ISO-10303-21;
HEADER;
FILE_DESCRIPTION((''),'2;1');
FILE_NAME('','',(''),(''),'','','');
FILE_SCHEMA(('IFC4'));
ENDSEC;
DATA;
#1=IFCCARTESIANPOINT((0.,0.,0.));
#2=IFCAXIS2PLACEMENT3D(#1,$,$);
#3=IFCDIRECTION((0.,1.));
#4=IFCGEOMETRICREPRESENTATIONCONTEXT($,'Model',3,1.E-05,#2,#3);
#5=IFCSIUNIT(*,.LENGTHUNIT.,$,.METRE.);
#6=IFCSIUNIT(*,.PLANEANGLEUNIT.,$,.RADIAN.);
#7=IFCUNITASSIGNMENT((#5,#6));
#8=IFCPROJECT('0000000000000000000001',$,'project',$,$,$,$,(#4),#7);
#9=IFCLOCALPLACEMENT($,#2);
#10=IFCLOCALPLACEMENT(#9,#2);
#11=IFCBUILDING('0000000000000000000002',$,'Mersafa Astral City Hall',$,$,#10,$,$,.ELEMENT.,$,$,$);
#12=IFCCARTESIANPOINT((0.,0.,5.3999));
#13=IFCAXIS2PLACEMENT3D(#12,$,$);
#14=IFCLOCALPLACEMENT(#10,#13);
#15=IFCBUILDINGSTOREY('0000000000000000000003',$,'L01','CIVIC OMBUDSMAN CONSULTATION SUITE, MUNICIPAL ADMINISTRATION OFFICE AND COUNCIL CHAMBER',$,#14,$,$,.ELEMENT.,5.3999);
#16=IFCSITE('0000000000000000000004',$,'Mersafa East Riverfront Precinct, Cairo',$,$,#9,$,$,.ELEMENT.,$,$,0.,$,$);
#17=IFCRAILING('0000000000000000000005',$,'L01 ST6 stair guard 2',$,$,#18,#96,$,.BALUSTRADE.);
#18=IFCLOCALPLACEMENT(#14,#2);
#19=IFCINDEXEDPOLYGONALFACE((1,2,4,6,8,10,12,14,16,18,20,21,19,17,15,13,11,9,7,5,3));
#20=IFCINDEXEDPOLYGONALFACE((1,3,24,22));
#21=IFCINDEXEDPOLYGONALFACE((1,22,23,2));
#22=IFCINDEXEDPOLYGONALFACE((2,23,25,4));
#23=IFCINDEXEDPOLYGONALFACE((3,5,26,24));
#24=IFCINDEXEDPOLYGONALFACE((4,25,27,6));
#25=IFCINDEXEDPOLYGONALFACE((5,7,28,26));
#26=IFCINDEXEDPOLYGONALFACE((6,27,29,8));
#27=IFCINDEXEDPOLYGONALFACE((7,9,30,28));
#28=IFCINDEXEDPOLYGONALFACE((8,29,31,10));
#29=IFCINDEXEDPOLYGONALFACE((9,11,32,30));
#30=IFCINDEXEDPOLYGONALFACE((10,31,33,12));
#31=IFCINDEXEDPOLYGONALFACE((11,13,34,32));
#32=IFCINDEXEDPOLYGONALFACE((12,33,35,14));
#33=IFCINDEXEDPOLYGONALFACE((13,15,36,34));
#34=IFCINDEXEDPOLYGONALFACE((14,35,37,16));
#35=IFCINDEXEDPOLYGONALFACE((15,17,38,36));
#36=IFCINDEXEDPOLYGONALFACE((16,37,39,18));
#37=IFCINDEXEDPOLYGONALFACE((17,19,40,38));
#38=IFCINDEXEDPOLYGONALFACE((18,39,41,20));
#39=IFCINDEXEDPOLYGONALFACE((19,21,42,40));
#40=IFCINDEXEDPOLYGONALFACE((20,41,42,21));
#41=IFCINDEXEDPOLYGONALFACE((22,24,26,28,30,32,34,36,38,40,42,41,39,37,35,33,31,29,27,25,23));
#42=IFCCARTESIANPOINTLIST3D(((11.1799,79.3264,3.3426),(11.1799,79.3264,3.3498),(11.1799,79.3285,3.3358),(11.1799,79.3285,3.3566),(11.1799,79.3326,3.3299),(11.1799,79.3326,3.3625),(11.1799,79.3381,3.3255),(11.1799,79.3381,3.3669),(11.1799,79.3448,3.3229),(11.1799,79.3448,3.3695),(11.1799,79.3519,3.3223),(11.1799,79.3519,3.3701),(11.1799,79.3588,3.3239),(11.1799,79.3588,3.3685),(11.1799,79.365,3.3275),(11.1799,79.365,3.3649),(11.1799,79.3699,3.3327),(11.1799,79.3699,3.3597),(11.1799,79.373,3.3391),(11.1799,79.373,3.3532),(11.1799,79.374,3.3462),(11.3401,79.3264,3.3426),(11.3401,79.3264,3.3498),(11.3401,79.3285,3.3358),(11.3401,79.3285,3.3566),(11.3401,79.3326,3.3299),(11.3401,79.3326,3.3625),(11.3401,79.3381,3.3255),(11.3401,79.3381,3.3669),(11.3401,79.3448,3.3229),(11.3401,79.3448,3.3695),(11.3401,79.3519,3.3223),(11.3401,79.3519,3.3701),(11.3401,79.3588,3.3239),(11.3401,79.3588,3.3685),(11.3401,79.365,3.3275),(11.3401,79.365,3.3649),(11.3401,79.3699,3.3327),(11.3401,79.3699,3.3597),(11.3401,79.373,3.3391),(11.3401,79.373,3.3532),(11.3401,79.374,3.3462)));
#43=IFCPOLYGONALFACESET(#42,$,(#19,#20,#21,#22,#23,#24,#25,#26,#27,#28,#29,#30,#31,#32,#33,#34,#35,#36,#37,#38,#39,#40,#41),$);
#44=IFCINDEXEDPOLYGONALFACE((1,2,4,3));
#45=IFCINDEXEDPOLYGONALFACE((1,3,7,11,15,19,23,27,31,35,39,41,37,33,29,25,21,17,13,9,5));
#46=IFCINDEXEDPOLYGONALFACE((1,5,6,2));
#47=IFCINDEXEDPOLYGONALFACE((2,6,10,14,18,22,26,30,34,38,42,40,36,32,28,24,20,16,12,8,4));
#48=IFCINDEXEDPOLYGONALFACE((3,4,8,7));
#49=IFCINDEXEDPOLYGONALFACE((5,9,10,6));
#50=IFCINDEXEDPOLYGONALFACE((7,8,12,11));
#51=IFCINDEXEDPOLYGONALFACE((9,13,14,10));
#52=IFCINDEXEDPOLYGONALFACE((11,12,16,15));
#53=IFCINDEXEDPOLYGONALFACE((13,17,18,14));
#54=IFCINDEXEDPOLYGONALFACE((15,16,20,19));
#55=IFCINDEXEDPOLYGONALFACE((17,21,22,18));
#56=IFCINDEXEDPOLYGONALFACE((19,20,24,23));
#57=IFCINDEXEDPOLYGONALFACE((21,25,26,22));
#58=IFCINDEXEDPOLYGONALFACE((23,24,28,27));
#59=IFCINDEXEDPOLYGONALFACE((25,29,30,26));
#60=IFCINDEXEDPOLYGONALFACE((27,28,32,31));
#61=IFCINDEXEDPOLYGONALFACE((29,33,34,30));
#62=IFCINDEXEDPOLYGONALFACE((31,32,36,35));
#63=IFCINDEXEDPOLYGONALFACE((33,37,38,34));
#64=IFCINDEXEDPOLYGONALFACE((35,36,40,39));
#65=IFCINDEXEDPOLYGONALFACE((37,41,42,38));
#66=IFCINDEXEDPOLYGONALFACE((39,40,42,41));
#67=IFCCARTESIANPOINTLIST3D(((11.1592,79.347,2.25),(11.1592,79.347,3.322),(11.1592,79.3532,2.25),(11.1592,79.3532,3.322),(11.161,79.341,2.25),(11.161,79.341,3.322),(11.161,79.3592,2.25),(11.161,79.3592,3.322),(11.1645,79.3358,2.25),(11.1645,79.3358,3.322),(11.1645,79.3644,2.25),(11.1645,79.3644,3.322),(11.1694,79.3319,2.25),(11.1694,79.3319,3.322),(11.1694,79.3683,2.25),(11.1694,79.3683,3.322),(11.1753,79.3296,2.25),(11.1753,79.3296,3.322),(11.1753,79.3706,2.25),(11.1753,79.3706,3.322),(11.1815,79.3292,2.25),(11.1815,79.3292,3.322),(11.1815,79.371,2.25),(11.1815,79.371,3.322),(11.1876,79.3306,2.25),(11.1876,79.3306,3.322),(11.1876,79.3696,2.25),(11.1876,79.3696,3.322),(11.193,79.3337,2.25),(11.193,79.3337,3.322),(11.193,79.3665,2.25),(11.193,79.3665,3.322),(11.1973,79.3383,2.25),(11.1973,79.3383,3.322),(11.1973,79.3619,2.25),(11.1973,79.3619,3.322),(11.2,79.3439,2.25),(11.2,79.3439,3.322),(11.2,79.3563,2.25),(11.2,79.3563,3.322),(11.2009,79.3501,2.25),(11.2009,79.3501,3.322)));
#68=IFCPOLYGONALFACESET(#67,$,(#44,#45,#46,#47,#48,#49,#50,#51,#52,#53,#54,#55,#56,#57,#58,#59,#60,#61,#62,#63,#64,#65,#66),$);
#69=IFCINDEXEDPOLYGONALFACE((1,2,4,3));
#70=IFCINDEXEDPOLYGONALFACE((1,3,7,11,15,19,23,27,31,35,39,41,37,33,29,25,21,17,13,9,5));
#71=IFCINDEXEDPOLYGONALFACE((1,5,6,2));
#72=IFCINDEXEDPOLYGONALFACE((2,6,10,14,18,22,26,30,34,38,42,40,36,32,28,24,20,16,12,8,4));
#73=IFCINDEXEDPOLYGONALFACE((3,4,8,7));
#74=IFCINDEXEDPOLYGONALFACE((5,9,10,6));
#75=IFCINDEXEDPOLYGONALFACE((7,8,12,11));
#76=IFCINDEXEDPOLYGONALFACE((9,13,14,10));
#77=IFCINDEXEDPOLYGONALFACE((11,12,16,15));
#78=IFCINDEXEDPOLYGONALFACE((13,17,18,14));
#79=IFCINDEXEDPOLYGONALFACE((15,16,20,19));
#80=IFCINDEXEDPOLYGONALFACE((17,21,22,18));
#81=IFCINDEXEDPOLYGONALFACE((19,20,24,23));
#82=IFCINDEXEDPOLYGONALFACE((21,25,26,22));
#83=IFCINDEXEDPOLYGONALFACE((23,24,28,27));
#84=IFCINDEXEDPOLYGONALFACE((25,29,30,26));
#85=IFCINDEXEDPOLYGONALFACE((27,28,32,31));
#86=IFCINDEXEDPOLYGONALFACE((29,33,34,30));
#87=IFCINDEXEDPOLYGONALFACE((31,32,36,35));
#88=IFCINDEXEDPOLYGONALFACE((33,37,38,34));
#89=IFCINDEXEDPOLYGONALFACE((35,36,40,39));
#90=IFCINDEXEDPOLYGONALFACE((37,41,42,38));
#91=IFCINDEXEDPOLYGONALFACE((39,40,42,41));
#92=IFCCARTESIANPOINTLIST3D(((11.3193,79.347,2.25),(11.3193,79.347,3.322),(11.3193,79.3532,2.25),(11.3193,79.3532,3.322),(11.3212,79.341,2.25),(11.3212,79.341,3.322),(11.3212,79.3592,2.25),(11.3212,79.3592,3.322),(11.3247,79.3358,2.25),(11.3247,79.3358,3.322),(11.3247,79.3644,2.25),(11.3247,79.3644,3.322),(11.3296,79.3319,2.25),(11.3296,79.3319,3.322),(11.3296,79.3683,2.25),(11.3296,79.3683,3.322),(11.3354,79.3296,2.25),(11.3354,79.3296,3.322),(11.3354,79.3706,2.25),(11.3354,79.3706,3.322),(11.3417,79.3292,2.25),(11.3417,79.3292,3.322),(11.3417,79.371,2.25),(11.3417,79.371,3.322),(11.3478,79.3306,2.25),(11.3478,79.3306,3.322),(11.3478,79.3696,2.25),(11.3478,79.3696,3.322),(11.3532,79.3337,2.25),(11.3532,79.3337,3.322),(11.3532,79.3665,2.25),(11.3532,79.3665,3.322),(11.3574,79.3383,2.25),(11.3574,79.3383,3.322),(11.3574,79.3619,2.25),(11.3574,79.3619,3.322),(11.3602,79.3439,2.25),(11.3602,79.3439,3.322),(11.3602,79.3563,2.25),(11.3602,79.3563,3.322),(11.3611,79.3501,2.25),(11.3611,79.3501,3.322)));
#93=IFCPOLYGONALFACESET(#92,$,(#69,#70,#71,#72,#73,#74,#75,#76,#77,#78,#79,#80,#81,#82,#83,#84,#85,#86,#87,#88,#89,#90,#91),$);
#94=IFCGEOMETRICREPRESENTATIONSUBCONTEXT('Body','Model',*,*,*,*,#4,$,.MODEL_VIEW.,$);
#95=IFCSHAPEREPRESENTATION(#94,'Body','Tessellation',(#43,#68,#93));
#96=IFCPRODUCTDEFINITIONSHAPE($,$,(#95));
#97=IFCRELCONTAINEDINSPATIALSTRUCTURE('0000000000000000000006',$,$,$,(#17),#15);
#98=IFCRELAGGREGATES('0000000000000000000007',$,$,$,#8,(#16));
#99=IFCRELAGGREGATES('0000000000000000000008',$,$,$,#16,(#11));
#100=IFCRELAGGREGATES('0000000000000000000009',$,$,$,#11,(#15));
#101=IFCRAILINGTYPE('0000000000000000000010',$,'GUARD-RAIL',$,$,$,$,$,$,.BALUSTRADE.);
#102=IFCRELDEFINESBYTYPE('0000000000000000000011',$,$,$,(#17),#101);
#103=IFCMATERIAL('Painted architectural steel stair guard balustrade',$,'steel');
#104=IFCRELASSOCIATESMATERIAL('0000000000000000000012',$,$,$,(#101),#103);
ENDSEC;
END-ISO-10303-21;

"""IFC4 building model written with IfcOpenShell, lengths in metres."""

from ifc_helpers import new_model, si_unit, direction, frame, origin, origin_2d, place, context, subcontext, project, spatial, circle, extrude, material, type_object, element, save


model = new_model("IFC4")

# Units and contexts
model_context = context("Model", 3, precision=1e-05, world=origin(), true_north=direction((0.0, 1.0)))
body_context = subcontext(model_context, "Body", "Model", "MODEL_VIEW")
ifc_project = project(units=[si_unit("LENGTHUNIT", "METRE"), si_unit("PLANEANGLEUNIT", "RADIAN")], contexts=[model_context])

# Site, building, storey
site_placement = place(None, origin())
site = spatial("IfcSite", under=ifc_project, at=site_placement, Name="Mersafa East Riverfront Precinct, Cairo", CompositionType="ELEMENT", RefElevation=0.0)
building_placement = place(site_placement, origin())
building = spatial("IfcBuilding", under=site, at=building_placement, Name="Mersafa Astral City Hall", CompositionType="ELEMENT")
storey_placement = place(building_placement, frame((0.0, 0.0, 5.3999)))
storey = spatial("IfcBuildingStorey", under=building, at=storey_placement, Name="L01", Description="CIVIC OMBUDSMAN CONSULTATION SUITE, MUNICIPAL ADMINISTRATION OFFICE AND COUNCIL CHAMBER", CompositionType="ELEMENT", Elevation=5.3999)

# Railing
ifc_material_1 = material(Name="Painted architectural steel stair guard balustrade", Category="steel")
railing_type_1 = type_object("IfcRailingType", Name="GUARD-RAIL", PredefinedType="BALUSTRADE", material=ifc_material_1)
railing_1_placement = place(storey_placement, frame((11.1799, 79.3501, 2.25)))
element("IfcRailing", 1, at=railing_1_placement, inside=storey, type_object=railing_type_1, Name="L01 ST6 stair guard 2", PredefinedType="BALUSTRADE", context=body_context, shape_type="SweptSolid", body=[
    extrude(circle(Radius=0.0239, at=origin_2d()), frame((0.0, 0.0, 1.0962), z_axis=(1.0, 0.0, 0.0), x_axis=(0.0, 1.0, 0.0)), (0.0, 0.0, 1.0), 0.1602),
    extrude(circle(Radius=0.021, at=origin_2d()), origin(), (0.0, 0.0, 1.0), 1.072),
    extrude(circle(Radius=0.021, at=origin_2d()), frame((0.1602, 0.0, 0.0)), (0.0, 0.0, 1.0), 1.072),
])

save(model, "model.ifc")
